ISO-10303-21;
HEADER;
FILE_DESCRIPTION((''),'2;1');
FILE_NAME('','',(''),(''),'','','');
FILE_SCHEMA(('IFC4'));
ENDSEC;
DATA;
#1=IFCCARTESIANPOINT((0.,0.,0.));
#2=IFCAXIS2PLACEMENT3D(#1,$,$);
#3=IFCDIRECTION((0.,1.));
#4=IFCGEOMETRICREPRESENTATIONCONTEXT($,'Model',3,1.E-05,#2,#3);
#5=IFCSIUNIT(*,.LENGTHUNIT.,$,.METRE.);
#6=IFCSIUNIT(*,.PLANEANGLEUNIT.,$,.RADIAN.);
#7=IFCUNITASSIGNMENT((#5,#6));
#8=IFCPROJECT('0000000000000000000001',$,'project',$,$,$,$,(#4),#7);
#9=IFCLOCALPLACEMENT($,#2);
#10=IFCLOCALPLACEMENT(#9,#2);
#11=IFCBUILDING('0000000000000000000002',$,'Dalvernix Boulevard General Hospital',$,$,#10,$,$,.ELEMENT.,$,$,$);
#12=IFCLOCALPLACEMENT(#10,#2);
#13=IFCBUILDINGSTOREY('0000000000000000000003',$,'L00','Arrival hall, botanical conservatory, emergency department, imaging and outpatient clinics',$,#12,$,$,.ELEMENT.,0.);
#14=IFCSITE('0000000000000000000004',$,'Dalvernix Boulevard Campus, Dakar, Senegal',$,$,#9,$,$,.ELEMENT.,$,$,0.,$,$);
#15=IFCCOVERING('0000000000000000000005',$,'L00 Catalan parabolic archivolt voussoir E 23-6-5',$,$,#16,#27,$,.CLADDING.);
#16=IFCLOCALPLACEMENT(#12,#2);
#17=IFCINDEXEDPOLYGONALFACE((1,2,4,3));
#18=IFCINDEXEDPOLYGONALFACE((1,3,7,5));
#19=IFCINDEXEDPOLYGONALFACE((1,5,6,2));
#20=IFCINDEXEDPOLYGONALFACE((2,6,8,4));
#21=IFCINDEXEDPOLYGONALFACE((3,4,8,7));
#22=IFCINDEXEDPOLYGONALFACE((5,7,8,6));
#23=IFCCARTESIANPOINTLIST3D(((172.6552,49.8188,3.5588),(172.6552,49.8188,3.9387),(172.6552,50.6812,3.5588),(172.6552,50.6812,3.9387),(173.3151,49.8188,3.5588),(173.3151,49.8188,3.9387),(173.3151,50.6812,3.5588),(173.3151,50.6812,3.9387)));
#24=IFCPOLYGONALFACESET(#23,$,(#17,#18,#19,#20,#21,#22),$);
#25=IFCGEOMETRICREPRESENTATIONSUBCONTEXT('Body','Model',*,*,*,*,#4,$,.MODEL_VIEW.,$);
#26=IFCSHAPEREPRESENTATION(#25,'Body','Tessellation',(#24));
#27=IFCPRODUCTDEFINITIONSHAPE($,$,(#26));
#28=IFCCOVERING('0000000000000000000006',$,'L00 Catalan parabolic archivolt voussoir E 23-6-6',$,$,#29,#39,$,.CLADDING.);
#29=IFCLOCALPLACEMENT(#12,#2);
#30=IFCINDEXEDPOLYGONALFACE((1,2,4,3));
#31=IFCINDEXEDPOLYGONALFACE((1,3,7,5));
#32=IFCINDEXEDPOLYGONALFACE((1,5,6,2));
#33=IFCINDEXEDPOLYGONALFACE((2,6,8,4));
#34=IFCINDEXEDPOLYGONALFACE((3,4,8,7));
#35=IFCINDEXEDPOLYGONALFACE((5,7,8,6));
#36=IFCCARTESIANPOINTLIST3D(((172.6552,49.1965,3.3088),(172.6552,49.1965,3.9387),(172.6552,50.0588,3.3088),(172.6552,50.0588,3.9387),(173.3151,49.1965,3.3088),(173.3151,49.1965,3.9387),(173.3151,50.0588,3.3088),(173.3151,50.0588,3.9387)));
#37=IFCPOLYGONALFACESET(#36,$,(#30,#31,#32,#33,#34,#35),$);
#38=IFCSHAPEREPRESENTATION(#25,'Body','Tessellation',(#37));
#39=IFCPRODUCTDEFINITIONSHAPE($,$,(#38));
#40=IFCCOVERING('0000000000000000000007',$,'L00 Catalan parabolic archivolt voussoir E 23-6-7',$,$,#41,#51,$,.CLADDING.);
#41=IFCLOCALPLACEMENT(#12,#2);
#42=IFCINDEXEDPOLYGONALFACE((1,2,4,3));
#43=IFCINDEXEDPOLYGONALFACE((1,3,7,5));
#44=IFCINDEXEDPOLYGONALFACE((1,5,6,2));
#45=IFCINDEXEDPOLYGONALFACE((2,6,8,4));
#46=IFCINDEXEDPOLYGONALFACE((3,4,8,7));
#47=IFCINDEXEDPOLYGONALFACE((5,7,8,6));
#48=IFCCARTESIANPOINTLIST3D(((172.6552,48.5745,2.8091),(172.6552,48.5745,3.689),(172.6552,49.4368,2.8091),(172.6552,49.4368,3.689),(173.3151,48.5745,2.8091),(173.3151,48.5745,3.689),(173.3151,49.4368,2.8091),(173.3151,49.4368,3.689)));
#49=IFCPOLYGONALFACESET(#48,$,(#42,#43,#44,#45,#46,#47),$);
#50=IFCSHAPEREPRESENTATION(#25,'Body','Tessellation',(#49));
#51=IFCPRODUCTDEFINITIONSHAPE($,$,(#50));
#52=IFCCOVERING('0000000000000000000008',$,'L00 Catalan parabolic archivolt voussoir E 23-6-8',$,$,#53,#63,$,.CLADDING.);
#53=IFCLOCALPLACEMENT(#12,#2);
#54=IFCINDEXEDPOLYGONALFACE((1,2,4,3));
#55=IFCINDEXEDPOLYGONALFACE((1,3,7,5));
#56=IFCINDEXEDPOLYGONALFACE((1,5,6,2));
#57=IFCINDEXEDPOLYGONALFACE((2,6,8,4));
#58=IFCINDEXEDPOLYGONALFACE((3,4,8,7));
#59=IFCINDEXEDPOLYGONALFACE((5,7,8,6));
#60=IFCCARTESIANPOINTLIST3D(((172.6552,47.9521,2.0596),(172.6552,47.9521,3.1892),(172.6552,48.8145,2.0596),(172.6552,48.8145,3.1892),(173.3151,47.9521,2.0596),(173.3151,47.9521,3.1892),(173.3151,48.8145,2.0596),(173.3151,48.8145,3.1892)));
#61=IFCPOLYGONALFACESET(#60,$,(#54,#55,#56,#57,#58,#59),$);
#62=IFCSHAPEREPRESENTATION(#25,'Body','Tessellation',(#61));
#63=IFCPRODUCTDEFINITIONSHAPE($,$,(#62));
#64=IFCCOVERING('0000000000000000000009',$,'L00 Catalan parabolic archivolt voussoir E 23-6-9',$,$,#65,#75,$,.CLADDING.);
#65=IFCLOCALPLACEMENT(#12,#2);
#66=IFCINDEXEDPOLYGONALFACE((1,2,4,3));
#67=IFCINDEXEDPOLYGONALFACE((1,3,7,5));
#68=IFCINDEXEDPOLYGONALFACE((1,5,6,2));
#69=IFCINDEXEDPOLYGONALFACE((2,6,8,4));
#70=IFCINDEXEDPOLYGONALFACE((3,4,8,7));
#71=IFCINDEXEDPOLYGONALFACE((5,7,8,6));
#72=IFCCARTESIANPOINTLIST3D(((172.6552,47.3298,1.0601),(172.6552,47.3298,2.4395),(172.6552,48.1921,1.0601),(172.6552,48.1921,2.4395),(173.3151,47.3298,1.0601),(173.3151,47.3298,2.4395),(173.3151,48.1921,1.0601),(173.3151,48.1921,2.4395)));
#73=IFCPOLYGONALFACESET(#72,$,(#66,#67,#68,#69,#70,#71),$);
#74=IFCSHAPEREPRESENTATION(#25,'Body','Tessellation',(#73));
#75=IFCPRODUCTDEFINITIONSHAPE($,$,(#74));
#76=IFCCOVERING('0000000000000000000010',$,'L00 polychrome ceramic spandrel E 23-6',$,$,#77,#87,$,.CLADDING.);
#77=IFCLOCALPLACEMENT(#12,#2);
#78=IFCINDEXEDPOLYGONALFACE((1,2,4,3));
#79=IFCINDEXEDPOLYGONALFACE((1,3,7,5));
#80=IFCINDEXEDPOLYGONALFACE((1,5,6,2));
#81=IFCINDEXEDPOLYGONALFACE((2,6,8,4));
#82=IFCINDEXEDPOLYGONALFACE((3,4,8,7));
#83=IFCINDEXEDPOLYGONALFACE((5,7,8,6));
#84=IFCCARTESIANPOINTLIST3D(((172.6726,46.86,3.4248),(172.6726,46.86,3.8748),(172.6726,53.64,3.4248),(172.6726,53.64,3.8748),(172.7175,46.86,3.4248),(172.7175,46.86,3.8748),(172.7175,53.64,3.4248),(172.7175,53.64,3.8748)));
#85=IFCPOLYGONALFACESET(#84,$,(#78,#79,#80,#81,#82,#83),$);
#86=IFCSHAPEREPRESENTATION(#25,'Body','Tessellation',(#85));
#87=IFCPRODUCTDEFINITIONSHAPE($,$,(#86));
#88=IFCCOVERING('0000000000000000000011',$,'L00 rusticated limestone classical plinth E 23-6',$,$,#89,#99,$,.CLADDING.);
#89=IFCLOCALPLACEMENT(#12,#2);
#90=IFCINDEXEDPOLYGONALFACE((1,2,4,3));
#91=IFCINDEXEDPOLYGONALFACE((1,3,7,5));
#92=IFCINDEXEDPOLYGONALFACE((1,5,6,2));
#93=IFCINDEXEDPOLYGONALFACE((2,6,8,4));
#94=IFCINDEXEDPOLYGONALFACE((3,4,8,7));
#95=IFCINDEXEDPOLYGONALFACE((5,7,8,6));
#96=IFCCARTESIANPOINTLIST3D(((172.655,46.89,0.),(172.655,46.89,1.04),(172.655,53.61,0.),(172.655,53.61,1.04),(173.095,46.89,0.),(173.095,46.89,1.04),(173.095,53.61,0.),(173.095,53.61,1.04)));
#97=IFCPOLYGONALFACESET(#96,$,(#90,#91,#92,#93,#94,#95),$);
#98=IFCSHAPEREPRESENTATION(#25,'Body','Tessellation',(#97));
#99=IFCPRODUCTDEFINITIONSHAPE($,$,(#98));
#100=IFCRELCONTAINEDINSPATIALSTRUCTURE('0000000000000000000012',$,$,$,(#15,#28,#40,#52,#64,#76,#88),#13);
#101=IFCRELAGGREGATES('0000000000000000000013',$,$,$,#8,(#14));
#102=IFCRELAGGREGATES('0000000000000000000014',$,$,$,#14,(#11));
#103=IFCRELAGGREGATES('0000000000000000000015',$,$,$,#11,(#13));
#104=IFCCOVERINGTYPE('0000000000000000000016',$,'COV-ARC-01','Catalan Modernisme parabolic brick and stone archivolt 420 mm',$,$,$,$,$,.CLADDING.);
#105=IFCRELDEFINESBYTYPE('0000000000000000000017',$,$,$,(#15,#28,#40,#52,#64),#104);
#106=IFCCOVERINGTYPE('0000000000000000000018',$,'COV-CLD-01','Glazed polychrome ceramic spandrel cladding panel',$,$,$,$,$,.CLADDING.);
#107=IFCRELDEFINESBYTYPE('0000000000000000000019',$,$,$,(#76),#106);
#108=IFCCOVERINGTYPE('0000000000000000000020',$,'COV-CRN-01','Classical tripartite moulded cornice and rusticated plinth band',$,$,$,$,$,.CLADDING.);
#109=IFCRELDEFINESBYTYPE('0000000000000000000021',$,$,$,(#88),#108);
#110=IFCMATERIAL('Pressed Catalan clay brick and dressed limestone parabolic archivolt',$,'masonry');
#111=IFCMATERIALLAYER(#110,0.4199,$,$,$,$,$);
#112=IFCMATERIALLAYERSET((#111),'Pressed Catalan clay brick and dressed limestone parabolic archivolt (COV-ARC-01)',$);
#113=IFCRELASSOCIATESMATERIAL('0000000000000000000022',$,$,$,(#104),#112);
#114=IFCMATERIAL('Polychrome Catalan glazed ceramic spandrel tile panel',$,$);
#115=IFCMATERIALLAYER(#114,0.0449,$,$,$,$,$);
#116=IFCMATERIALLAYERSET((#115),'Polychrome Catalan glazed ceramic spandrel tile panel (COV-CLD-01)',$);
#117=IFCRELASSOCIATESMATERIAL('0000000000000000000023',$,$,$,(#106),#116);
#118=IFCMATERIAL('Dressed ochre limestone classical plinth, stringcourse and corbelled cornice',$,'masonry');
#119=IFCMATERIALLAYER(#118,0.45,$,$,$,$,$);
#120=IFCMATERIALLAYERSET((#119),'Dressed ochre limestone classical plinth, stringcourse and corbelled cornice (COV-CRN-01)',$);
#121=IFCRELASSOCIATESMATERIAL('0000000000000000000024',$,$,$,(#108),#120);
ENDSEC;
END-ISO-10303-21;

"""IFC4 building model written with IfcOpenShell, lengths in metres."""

from ifc_helpers import new_model, si_unit, direction, frame, origin, origin_2d, place, context, subcontext, project, spatial, rectangle, extrude, material, layer, layer_set, type_object, element, save


model = new_model("IFC4")

# Units and contexts
model_context = context("Model", 3, precision=1e-05, world=origin(), true_north=direction((0.0, 1.0)))
body_context = subcontext(model_context, "Body", "Model", "MODEL_VIEW")
ifc_project = project(units=[si_unit("LENGTHUNIT", "METRE"), si_unit("PLANEANGLEUNIT", "RADIAN")], contexts=[model_context])

# Site, building, storey
site_placement = place(None, origin())
site = spatial("IfcSite", under=ifc_project, at=site_placement, Name="Dalvernix Boulevard Campus, Dakar, Senegal", CompositionType="ELEMENT", RefElevation=0.0)
building_placement = place(site_placement, origin())
building = spatial("IfcBuilding", under=site, at=building_placement, Name="Dalvernix Boulevard General Hospital", CompositionType="ELEMENT")
storey_placement = place(building_placement, origin())
storey = spatial("IfcBuildingStorey", under=building, at=storey_placement, Name="L00", Description="Arrival hall, botanical conservatory, emergency department, imaging and outpatient clinics", CompositionType="ELEMENT", Elevation=0.0)

# Coverings
ifc_material_1 = material(Name="Pressed Catalan clay brick and dressed limestone parabolic archivolt", Category="masonry")
ifc_layer_1 = layer(ifc_material_1, 0.4199)
ifc_layer_set_1 = layer_set([ifc_layer_1], Name="Pressed Catalan clay brick and dressed limestone parabolic archivolt (COV-ARC-01)")
covering_type_1 = type_object("IfcCoveringType", Name="COV-ARC-01", Description="Catalan Modernisme parabolic brick and stone archivolt 420 mm", PredefinedType="CLADDING", material=ifc_layer_set_1)
covering_1_placement = place(storey_placement, frame((172.9851, 50.25, 3.5588), z_axis=(0.0, 0.0, 1.0), x_axis=(0.0, -1.0, 0.0)))
element("IfcCovering", 1, at=covering_1_placement, inside=storey, type_object=covering_type_1, Name="L00 Catalan parabolic archivolt voussoir E 23-6-5", PredefinedType="CLADDING", context=body_context, shape_type="SweptSolid", body=[
    extrude(rectangle(XDim=0.8623, YDim=0.6599, at=origin_2d()), origin(), (0.0, 0.0, 1.0), 0.3799),
])
covering_2_placement = place(storey_placement, frame((172.9851, 49.6277, 3.3088), z_axis=(0.0, 0.0, 1.0), x_axis=(0.0, -1.0, 0.0)))
element("IfcCovering", 2, at=covering_2_placement, inside=storey, type_object=covering_type_1, Name="L00 Catalan parabolic archivolt voussoir E 23-6-6", PredefinedType="CLADDING", context=body_context, shape_type="SweptSolid", body=[
    extrude(rectangle(XDim=0.8623, YDim=0.6599, at=origin_2d()), origin(), (0.0, 0.0, 1.0), 0.6299),
])
covering_3_placement = place(storey_placement, frame((172.9851, 49.0056, 2.8091), z_axis=(0.0, 0.0, 1.0), x_axis=(0.0, -1.0, 0.0)))
element("IfcCovering", 3, at=covering_3_placement, inside=storey, type_object=covering_type_1, Name="L00 Catalan parabolic archivolt voussoir E 23-6-7", PredefinedType="CLADDING", context=body_context, shape_type="SweptSolid", body=[
    extrude(rectangle(XDim=0.8623, YDim=0.6599, at=origin_2d()), origin(), (0.0, 0.0, 1.0), 0.8799),
])
covering_4_placement = place(storey_placement, frame((172.9851, 48.3833, 2.0596), z_axis=(0.0, 0.0, 1.0), x_axis=(0.0, -1.0, 0.0)))
element("IfcCovering", 4, at=covering_4_placement, inside=storey, type_object=covering_type_1, Name="L00 Catalan parabolic archivolt voussoir E 23-6-8", PredefinedType="CLADDING", context=body_context, shape_type="SweptSolid", body=[
    extrude(rectangle(XDim=0.8623, YDim=0.6599, at=origin_2d()), origin(), (0.0, 0.0, 1.0), 1.1296),
])
covering_5_placement = place(storey_placement, frame((172.9851, 47.761, 1.0601), z_axis=(0.0, 0.0, 1.0), x_axis=(0.0, -1.0, 0.0)))
element("IfcCovering", 5, at=covering_5_placement, inside=storey, type_object=covering_type_1, Name="L00 Catalan parabolic archivolt voussoir E 23-6-9", PredefinedType="CLADDING", context=body_context, shape_type="SweptSolid", body=[
    extrude(rectangle(XDim=0.8623, YDim=0.6599, at=origin_2d()), origin(), (0.0, 0.0, 1.0), 1.3794),
])
ifc_material_2 = material(Name="Polychrome Catalan glazed ceramic spandrel tile panel")
ifc_layer_2 = layer(ifc_material_2, 0.0449)
ifc_layer_set_2 = layer_set([ifc_layer_2], Name="Polychrome Catalan glazed ceramic spandrel tile panel (COV-CLD-01)")
covering_type_2 = type_object("IfcCoveringType", Name="COV-CLD-01", Description="Glazed polychrome ceramic spandrel cladding panel", PredefinedType="CLADDING", material=ifc_layer_set_2)
covering_6_placement = place(storey_placement, frame((172.6951, 50.25, 3.4248), z_axis=(0.0, 0.0, 1.0), x_axis=(0.0, -1.0, 0.0)))
element("IfcCovering", 6, at=covering_6_placement, inside=storey, type_object=covering_type_2, Name="L00 polychrome ceramic spandrel E 23-6", PredefinedType="CLADDING", context=body_context, shape_type="SweptSolid", body=[
    extrude(rectangle(XDim=6.78, YDim=0.0449, at=origin_2d()), origin(), (0.0, 0.0, 1.0), 0.45),
])
ifc_material_3 = material(Name="Dressed ochre limestone classical plinth, stringcourse and corbelled cornice", Category="masonry")
ifc_layer_3 = layer(ifc_material_3, 0.45)
ifc_layer_set_3 = layer_set([ifc_layer_3], Name="Dressed ochre limestone classical plinth, stringcourse and corbelled cornice (COV-CRN-01)")
covering_type_3 = type_object("IfcCoveringType", Name="COV-CRN-01", Description="Classical tripartite moulded cornice and rusticated plinth band", PredefinedType="CLADDING", material=ifc_layer_set_3)
covering_7_placement = place(storey_placement, frame((172.875, 50.25, 0.0), z_axis=(0.0, 0.0, 1.0), x_axis=(0.0, -1.0, 0.0)))
element("IfcCovering", 7, at=covering_7_placement, inside=storey, type_object=covering_type_3, Name="L00 rusticated limestone classical plinth E 23-6", PredefinedType="CLADDING", context=body_context, shape_type="SweptSolid", body=[
    extrude(rectangle(XDim=6.72, YDim=0.4399, at=origin_2d()), origin(), (0.0, 0.0, 1.0), 1.04),
])

save(model, "model.ifc")
